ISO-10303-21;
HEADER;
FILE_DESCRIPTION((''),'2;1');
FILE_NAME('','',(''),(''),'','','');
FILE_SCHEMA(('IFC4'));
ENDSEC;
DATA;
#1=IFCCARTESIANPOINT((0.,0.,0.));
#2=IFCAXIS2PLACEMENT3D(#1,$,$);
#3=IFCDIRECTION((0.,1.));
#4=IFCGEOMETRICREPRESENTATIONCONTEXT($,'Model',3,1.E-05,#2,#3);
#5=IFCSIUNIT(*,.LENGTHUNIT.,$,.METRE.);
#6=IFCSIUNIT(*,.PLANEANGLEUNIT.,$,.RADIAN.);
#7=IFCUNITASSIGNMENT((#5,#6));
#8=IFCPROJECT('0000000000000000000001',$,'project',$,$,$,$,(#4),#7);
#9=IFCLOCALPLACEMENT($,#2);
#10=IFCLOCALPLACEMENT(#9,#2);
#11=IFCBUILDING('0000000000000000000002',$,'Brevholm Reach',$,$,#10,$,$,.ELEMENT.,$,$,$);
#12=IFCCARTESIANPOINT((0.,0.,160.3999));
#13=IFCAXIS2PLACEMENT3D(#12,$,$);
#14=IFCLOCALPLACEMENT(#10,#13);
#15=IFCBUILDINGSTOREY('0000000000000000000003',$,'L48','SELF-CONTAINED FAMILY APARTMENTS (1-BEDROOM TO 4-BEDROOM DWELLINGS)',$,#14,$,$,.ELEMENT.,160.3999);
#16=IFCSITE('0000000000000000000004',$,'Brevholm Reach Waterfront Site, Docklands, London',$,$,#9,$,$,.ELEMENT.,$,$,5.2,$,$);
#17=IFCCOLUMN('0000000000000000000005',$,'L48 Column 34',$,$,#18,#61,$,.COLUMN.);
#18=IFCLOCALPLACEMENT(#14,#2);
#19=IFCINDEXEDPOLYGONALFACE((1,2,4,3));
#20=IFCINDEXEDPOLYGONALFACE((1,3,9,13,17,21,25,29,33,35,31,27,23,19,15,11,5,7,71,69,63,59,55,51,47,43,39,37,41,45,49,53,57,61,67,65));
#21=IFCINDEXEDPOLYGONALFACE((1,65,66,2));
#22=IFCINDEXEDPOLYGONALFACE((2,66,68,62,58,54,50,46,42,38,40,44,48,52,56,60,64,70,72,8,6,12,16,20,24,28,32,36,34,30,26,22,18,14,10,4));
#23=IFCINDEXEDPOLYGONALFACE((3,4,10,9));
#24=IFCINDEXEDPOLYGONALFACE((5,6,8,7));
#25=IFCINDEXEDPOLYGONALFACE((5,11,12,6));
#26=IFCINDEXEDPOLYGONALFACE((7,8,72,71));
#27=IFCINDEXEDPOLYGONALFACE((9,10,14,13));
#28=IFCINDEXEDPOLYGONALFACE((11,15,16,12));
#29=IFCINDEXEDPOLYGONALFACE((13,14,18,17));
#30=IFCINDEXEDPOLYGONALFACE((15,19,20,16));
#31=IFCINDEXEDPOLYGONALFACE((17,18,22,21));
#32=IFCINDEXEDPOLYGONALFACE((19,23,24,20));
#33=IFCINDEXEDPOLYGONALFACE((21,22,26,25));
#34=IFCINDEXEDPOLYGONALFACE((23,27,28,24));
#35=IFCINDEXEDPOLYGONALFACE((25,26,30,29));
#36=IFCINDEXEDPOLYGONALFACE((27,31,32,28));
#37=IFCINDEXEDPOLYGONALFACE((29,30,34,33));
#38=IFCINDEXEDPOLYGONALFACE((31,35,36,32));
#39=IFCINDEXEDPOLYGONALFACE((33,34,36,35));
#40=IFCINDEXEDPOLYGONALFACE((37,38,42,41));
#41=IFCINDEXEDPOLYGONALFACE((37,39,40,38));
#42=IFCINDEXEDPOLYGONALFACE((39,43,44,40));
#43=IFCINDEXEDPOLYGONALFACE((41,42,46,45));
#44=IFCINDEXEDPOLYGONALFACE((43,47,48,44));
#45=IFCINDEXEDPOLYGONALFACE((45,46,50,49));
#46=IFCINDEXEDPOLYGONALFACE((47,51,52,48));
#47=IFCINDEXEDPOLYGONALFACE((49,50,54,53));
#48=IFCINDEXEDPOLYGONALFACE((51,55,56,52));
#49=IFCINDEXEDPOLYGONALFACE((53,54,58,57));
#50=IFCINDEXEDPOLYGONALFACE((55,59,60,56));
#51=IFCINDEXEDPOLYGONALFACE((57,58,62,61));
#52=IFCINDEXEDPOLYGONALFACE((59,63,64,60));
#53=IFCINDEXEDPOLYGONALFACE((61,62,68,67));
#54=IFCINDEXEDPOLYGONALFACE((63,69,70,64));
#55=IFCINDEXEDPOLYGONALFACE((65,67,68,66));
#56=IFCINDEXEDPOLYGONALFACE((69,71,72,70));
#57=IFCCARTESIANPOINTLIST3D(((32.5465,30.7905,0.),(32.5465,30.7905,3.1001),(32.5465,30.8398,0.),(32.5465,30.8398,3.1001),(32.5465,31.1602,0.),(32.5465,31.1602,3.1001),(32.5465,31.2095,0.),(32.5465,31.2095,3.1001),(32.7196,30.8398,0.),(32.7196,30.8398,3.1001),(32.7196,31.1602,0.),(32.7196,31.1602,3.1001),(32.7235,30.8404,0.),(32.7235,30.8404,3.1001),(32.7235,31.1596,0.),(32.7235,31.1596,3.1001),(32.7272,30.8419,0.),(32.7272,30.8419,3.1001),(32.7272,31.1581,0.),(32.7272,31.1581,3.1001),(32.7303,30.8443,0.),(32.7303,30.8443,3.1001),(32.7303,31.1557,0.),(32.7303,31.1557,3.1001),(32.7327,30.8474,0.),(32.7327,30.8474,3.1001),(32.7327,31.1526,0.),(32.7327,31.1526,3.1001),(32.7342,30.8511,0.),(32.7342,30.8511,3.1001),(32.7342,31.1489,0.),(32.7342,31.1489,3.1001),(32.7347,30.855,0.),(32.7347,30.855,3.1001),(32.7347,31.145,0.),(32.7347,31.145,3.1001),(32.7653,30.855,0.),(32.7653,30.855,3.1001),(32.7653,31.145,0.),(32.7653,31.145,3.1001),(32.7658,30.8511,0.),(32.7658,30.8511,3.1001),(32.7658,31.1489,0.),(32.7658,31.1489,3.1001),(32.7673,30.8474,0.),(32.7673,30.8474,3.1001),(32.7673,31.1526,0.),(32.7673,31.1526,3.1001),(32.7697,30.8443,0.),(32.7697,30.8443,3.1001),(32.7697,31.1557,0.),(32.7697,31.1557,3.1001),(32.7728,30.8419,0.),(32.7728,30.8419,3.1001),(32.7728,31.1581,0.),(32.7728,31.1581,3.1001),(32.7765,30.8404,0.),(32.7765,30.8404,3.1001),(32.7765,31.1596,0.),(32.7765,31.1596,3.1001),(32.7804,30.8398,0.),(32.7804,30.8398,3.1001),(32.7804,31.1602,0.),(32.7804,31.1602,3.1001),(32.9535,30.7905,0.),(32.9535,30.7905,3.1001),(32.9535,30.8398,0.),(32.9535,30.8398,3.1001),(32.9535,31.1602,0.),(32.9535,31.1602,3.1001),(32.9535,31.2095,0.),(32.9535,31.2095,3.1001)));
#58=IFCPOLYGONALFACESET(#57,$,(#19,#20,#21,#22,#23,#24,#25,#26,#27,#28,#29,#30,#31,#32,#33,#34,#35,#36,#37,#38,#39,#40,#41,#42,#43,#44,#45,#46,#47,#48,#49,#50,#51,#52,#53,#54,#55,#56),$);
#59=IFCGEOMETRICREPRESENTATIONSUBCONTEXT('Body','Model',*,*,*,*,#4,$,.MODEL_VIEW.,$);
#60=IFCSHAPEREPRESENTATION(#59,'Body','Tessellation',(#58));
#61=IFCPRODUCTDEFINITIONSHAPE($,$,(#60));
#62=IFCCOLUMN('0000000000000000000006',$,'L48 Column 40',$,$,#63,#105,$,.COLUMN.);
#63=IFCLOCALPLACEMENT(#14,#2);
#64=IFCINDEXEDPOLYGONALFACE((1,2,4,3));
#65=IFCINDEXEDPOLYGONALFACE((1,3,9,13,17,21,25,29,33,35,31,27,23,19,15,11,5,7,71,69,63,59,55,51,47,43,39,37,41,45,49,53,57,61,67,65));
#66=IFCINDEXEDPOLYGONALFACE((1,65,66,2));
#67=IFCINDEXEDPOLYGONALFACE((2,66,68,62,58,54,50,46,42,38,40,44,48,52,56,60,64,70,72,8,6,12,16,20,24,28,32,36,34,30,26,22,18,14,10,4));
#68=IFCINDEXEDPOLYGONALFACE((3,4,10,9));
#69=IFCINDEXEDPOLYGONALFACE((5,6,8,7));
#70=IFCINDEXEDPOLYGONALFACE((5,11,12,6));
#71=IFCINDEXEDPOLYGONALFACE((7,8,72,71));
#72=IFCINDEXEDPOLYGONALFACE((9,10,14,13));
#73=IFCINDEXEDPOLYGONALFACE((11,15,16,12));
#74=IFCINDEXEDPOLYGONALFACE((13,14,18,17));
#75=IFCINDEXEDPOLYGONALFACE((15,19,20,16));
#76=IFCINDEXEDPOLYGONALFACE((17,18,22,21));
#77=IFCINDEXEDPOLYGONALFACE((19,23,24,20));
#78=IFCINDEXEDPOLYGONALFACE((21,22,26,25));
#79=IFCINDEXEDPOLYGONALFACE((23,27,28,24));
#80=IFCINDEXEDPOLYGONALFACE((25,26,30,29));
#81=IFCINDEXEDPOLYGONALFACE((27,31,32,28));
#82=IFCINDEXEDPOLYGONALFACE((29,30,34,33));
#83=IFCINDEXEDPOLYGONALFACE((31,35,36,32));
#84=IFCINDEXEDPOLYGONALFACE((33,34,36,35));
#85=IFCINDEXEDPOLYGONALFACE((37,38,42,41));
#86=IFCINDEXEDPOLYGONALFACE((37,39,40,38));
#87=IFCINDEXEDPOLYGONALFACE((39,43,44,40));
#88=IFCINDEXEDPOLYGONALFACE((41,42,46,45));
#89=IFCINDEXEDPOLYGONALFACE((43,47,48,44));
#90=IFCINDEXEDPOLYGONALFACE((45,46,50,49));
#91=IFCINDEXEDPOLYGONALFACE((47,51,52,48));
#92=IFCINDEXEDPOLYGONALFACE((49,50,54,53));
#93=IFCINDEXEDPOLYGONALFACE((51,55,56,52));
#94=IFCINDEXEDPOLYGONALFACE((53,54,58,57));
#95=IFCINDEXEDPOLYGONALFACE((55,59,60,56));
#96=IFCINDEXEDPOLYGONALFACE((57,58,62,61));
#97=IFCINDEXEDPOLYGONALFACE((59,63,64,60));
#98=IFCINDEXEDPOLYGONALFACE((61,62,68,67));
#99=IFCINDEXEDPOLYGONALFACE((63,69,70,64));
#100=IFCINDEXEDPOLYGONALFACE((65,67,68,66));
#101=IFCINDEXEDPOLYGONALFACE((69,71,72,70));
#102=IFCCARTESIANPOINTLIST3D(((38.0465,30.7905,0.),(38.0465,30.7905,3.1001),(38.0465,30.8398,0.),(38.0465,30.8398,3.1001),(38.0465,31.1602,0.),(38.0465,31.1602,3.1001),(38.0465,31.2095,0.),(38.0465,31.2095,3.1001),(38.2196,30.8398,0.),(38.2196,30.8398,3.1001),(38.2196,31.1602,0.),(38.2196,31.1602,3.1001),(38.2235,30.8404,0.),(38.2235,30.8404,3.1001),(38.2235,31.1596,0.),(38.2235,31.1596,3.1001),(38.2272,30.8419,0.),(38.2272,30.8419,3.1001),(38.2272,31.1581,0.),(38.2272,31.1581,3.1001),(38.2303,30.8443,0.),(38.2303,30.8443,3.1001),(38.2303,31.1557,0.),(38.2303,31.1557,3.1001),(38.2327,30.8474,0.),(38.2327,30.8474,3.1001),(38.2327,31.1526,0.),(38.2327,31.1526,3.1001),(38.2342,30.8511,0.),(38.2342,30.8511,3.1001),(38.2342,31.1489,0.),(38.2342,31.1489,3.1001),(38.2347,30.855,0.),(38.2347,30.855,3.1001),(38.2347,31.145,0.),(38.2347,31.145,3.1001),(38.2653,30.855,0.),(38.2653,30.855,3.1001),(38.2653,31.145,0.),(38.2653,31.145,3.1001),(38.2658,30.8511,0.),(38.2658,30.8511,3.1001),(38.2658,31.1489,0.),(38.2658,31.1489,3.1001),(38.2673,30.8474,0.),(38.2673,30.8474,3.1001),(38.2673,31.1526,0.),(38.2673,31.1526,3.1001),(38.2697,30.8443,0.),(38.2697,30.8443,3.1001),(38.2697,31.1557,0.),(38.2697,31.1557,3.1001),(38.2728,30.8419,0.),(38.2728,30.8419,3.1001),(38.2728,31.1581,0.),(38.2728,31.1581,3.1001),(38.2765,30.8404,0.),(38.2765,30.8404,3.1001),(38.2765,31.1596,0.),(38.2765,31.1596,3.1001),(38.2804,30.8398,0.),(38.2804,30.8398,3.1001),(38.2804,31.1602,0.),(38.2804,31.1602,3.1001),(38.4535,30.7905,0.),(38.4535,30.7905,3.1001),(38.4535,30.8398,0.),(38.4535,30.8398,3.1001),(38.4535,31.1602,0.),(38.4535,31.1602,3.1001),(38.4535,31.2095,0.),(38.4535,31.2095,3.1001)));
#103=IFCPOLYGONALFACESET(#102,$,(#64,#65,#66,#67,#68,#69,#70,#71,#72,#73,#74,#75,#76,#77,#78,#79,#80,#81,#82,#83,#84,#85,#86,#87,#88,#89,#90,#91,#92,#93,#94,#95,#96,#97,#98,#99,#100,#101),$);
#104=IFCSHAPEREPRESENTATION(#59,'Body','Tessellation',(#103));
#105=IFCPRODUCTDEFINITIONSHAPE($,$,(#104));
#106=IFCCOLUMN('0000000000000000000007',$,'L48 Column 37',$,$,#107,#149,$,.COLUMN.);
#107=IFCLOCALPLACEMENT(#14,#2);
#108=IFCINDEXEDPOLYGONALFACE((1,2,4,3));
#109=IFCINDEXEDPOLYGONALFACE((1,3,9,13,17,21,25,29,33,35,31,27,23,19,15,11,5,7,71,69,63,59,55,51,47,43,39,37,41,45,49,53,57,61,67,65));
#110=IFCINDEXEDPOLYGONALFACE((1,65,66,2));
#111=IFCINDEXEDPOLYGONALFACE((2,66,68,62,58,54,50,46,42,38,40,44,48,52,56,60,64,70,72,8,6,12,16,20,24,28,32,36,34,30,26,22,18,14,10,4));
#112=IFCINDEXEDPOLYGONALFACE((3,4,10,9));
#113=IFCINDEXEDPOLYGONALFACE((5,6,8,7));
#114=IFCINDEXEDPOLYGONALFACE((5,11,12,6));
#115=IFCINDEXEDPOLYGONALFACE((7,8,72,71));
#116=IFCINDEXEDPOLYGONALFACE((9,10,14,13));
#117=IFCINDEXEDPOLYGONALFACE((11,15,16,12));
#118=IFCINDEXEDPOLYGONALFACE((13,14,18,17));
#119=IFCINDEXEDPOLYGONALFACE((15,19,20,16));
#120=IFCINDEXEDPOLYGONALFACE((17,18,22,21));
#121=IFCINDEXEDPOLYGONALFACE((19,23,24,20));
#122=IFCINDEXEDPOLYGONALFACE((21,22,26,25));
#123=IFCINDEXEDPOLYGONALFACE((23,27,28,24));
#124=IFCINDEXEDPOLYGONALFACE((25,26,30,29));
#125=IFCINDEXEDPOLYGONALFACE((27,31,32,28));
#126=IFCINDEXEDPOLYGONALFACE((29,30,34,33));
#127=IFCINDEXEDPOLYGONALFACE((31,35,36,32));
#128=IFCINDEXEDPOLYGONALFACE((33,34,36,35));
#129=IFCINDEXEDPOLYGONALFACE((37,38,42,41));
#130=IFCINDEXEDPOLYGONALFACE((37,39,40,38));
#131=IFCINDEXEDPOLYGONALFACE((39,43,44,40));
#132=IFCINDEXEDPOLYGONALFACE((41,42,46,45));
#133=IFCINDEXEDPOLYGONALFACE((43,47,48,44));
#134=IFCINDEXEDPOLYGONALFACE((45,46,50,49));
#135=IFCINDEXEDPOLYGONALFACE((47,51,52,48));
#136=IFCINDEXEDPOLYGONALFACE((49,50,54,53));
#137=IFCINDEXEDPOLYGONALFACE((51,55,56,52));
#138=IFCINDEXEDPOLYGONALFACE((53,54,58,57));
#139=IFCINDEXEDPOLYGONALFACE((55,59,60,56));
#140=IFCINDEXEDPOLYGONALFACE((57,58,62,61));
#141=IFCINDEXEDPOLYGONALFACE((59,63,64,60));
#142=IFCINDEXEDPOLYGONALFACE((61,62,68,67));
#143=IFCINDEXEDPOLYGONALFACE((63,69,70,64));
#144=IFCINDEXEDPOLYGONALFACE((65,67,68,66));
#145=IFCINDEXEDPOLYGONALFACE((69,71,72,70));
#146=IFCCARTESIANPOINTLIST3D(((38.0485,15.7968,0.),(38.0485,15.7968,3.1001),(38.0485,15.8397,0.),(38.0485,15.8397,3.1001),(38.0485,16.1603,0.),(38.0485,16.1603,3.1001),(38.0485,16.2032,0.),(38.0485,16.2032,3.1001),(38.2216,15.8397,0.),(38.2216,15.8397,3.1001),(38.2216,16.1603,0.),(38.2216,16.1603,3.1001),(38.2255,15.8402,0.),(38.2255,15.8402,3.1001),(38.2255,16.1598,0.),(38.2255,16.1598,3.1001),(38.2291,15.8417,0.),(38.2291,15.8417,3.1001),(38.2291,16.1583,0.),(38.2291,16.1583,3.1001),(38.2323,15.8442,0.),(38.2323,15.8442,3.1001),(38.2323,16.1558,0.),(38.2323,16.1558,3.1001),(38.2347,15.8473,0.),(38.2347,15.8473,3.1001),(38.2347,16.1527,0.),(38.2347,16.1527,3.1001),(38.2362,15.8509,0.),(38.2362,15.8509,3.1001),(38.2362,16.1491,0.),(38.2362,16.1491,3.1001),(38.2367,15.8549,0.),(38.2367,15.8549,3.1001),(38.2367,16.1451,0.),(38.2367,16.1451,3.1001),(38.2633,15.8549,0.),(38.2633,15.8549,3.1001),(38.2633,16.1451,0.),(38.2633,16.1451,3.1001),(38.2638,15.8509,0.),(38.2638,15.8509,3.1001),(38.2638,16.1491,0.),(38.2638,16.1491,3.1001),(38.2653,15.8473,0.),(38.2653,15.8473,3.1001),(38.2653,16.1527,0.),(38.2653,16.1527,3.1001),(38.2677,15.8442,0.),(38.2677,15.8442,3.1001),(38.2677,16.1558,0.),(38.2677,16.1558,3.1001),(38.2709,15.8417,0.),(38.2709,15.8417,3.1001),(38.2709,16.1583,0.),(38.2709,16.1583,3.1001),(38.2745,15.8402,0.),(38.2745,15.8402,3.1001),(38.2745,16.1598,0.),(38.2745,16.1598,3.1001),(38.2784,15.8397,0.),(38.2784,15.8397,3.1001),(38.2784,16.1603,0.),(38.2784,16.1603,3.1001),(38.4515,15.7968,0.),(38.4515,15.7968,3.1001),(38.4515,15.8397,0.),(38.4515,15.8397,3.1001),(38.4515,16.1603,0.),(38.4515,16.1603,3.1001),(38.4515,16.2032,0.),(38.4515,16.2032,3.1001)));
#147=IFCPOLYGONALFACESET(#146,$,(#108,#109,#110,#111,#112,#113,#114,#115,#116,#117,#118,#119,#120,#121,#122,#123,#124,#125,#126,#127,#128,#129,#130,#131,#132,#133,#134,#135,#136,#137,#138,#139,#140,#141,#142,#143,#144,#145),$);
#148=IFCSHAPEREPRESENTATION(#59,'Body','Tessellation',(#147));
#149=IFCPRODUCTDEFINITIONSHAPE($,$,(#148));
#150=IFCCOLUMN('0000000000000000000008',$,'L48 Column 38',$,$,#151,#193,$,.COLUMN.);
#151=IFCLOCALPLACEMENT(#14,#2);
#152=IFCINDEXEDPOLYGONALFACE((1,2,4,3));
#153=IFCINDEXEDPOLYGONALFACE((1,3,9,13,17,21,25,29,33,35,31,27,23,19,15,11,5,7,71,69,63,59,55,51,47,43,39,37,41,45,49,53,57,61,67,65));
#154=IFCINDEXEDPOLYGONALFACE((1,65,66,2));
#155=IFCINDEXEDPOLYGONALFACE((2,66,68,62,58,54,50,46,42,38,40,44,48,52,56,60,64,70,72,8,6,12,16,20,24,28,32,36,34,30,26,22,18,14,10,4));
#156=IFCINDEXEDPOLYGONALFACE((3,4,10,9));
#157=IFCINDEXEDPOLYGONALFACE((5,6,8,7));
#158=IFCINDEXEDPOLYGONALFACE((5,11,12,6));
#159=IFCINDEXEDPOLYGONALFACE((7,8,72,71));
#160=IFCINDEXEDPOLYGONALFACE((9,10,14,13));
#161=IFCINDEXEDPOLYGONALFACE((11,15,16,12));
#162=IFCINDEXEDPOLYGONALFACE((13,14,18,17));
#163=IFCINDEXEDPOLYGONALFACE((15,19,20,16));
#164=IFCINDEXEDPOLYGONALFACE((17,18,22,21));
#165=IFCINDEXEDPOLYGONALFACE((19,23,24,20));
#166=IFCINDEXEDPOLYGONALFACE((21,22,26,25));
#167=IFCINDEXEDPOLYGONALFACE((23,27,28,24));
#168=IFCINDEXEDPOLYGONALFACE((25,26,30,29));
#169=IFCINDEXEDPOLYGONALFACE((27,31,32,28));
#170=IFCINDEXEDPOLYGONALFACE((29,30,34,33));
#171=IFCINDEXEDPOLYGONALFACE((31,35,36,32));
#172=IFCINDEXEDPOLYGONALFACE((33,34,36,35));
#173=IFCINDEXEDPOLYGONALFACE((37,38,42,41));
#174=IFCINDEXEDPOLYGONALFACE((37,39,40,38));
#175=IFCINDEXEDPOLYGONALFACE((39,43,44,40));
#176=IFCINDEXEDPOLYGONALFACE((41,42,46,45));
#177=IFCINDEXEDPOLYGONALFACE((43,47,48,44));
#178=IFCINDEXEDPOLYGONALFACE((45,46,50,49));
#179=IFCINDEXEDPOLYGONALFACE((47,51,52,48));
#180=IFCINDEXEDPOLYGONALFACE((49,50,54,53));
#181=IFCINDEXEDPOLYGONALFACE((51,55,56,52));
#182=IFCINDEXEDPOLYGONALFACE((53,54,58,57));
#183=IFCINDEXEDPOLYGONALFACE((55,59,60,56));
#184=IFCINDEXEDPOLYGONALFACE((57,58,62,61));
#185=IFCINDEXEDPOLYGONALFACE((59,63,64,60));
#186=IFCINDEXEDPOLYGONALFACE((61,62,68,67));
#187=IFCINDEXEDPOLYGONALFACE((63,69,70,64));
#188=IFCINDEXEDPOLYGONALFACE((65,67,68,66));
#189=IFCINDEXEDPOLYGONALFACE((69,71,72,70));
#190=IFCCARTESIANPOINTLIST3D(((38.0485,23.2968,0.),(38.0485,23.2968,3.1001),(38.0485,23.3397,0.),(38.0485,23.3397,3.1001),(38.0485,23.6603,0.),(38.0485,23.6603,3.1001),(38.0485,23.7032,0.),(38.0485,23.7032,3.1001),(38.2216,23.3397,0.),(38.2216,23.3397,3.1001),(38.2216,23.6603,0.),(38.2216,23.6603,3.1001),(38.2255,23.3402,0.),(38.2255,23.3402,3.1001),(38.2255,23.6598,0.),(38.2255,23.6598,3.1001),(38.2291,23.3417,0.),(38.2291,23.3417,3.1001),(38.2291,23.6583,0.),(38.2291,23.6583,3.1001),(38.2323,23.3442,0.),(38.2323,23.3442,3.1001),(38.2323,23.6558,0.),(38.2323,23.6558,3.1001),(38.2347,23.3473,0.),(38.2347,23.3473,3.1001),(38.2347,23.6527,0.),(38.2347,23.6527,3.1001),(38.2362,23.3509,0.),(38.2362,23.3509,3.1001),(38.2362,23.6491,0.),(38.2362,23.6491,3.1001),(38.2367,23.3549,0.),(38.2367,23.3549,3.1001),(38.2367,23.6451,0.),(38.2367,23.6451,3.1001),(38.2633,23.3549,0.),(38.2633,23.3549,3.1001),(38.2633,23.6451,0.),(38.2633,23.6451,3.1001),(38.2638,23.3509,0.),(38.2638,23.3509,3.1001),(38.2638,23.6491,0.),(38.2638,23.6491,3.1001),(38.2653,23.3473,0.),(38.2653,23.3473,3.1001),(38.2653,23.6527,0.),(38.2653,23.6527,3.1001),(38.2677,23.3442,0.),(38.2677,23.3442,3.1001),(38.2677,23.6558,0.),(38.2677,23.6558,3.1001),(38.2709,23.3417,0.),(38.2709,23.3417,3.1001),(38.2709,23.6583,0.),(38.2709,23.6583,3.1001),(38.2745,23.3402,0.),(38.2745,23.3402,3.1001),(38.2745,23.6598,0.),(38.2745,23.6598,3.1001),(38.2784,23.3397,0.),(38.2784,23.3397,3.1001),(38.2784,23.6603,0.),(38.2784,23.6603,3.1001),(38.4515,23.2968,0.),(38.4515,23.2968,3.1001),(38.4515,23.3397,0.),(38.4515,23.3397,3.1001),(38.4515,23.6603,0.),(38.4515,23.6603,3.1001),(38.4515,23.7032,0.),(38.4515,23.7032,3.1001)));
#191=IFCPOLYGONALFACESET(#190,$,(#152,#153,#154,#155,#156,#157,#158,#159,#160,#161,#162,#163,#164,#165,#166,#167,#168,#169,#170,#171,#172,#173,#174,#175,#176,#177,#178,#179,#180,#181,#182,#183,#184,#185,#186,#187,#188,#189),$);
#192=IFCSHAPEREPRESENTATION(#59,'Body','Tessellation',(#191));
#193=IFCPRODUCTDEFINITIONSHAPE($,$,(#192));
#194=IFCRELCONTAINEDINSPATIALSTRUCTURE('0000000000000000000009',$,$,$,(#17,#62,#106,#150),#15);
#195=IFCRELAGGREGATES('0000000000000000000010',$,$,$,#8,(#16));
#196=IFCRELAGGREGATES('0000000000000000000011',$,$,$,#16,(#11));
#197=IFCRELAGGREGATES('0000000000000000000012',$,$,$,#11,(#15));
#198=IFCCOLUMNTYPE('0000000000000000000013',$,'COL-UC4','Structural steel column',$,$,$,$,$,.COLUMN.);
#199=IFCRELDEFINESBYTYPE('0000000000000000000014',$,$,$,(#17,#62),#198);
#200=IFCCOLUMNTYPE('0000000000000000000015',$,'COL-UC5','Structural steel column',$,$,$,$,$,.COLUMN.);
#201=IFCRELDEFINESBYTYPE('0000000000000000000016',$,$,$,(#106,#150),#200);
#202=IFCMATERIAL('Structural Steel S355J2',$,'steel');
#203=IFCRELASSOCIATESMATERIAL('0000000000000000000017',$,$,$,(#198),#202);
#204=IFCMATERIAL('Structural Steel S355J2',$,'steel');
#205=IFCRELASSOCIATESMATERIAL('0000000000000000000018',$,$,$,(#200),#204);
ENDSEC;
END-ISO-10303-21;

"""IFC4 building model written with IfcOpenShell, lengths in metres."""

from ifc_helpers import new_model, si_unit, direction, frame, origin, origin_2d, place, context, subcontext, project, spatial, i_section, extrude, material, material_profile, profile_set, type_object, element, save


model = new_model("IFC4")

# Units and contexts
model_context = context("Model", 3, precision=1e-05, world=origin(), true_north=direction((0.0, 1.0)))
body_context = subcontext(model_context, "Body", "Model", "MODEL_VIEW")
ifc_project = project(units=[si_unit("LENGTHUNIT", "METRE"), si_unit("PLANEANGLEUNIT", "RADIAN")], contexts=[model_context])

# Site, building, storey
site_placement = place(None, origin())
site = spatial("IfcSite", under=ifc_project, at=site_placement, Name="Brevholm Reach Waterfront Site, Docklands, London", CompositionType="ELEMENT", RefElevation=5.2)
building_placement = place(site_placement, origin())
building = spatial("IfcBuilding", under=site, at=building_placement, Name="Brevholm Reach", CompositionType="ELEMENT")
storey_placement = place(building_placement, frame((0.0, 0.0, 160.3999)))
storey = spatial("IfcBuildingStorey", under=building, at=storey_placement, Name="L48", Description="SELF-CONTAINED FAMILY APARTMENTS (1-BEDROOM TO 4-BEDROOM DWELLINGS)", CompositionType="ELEMENT", Elevation=160.3999)

# Columns
ifc_material_1 = material(Name="Structural Steel S355J2", Category="steel")
ifc_material_profile_1 = material_profile(ifc_material_1, i_section(OverallWidth=0.407, OverallDepth=0.4189, WebThickness=0.0305, FlangeThickness=0.0493, FilletRadius=0.0151, at=origin_2d()), Name="UKC 356x406x393")
ifc_profile_set_1 = profile_set([ifc_material_profile_1], Name="Structural Steel S355J2")
column_type_1 = type_object("IfcColumnType", Name="COL-UC4", Description="Structural steel column", PredefinedType="COLUMN", material=ifc_profile_set_1)
for number, where, z_axis, x_axis, name in (
    (1, (32.75, 31.0, 0.0), (0.0, 0.0, 1.0), (1.0, 0.0, 0.0), "L48 Column 34"),
    (2, (38.25, 31.0, 0.0), (0.0, 0.0, 1.0), (1.0, 0.0, 0.0), "L48 Column 40"),
):
    element("IfcColumn", number, at=place(storey_placement, frame(where, z_axis=z_axis, x_axis=x_axis)), inside=storey, type_object=column_type_1, Name=name, PredefinedType="COLUMN", context=body_context, shape_type="SweptSolid", body=[
        extrude(i_section(OverallWidth=0.407, OverallDepth=0.4189, WebThickness=0.0305, FlangeThickness=0.0493, FilletRadius=0.0151, at=origin_2d()), origin(), (0.0, 0.0, 1.0), 3.1001),
    ])
ifc_material_2 = material(Name="Structural Steel S355J2", Category="steel")
ifc_material_profile_2 = material_profile(ifc_material_2, i_section(OverallWidth=0.4031, OverallDepth=0.4065, WebThickness=0.0266, FlangeThickness=0.043, FilletRadius=0.0151, at=origin_2d()), Name="UKC 356x406x340")
ifc_profile_set_2 = profile_set([ifc_material_profile_2], Name="Structural Steel S355J2")
column_type_2 = type_object("IfcColumnType", Name="COL-UC5", Description="Structural steel column", PredefinedType="COLUMN", material=ifc_profile_set_2)
for number, where, z_axis, x_axis, name in (
    (3, (38.25, 16.0, 0.0), (0.0, 0.0, 1.0), (1.0, 0.0, 0.0), "L48 Column 37"),
    (4, (38.25, 23.5, 0.0), (0.0, 0.0, 1.0), (1.0, 0.0, 0.0), "L48 Column 38"),
):
    element("IfcColumn", number, at=place(storey_placement, frame(where, z_axis=z_axis, x_axis=x_axis)), inside=storey, type_object=column_type_2, Name=name, PredefinedType="COLUMN", context=body_context, shape_type="SweptSolid", body=[
        extrude(i_section(OverallWidth=0.4031, OverallDepth=0.4065, WebThickness=0.0266, FlangeThickness=0.043, FilletRadius=0.0151, at=origin_2d()), origin(), (0.0, 0.0, 1.0), 3.1001),
    ])

save(model, "model.ifc")
